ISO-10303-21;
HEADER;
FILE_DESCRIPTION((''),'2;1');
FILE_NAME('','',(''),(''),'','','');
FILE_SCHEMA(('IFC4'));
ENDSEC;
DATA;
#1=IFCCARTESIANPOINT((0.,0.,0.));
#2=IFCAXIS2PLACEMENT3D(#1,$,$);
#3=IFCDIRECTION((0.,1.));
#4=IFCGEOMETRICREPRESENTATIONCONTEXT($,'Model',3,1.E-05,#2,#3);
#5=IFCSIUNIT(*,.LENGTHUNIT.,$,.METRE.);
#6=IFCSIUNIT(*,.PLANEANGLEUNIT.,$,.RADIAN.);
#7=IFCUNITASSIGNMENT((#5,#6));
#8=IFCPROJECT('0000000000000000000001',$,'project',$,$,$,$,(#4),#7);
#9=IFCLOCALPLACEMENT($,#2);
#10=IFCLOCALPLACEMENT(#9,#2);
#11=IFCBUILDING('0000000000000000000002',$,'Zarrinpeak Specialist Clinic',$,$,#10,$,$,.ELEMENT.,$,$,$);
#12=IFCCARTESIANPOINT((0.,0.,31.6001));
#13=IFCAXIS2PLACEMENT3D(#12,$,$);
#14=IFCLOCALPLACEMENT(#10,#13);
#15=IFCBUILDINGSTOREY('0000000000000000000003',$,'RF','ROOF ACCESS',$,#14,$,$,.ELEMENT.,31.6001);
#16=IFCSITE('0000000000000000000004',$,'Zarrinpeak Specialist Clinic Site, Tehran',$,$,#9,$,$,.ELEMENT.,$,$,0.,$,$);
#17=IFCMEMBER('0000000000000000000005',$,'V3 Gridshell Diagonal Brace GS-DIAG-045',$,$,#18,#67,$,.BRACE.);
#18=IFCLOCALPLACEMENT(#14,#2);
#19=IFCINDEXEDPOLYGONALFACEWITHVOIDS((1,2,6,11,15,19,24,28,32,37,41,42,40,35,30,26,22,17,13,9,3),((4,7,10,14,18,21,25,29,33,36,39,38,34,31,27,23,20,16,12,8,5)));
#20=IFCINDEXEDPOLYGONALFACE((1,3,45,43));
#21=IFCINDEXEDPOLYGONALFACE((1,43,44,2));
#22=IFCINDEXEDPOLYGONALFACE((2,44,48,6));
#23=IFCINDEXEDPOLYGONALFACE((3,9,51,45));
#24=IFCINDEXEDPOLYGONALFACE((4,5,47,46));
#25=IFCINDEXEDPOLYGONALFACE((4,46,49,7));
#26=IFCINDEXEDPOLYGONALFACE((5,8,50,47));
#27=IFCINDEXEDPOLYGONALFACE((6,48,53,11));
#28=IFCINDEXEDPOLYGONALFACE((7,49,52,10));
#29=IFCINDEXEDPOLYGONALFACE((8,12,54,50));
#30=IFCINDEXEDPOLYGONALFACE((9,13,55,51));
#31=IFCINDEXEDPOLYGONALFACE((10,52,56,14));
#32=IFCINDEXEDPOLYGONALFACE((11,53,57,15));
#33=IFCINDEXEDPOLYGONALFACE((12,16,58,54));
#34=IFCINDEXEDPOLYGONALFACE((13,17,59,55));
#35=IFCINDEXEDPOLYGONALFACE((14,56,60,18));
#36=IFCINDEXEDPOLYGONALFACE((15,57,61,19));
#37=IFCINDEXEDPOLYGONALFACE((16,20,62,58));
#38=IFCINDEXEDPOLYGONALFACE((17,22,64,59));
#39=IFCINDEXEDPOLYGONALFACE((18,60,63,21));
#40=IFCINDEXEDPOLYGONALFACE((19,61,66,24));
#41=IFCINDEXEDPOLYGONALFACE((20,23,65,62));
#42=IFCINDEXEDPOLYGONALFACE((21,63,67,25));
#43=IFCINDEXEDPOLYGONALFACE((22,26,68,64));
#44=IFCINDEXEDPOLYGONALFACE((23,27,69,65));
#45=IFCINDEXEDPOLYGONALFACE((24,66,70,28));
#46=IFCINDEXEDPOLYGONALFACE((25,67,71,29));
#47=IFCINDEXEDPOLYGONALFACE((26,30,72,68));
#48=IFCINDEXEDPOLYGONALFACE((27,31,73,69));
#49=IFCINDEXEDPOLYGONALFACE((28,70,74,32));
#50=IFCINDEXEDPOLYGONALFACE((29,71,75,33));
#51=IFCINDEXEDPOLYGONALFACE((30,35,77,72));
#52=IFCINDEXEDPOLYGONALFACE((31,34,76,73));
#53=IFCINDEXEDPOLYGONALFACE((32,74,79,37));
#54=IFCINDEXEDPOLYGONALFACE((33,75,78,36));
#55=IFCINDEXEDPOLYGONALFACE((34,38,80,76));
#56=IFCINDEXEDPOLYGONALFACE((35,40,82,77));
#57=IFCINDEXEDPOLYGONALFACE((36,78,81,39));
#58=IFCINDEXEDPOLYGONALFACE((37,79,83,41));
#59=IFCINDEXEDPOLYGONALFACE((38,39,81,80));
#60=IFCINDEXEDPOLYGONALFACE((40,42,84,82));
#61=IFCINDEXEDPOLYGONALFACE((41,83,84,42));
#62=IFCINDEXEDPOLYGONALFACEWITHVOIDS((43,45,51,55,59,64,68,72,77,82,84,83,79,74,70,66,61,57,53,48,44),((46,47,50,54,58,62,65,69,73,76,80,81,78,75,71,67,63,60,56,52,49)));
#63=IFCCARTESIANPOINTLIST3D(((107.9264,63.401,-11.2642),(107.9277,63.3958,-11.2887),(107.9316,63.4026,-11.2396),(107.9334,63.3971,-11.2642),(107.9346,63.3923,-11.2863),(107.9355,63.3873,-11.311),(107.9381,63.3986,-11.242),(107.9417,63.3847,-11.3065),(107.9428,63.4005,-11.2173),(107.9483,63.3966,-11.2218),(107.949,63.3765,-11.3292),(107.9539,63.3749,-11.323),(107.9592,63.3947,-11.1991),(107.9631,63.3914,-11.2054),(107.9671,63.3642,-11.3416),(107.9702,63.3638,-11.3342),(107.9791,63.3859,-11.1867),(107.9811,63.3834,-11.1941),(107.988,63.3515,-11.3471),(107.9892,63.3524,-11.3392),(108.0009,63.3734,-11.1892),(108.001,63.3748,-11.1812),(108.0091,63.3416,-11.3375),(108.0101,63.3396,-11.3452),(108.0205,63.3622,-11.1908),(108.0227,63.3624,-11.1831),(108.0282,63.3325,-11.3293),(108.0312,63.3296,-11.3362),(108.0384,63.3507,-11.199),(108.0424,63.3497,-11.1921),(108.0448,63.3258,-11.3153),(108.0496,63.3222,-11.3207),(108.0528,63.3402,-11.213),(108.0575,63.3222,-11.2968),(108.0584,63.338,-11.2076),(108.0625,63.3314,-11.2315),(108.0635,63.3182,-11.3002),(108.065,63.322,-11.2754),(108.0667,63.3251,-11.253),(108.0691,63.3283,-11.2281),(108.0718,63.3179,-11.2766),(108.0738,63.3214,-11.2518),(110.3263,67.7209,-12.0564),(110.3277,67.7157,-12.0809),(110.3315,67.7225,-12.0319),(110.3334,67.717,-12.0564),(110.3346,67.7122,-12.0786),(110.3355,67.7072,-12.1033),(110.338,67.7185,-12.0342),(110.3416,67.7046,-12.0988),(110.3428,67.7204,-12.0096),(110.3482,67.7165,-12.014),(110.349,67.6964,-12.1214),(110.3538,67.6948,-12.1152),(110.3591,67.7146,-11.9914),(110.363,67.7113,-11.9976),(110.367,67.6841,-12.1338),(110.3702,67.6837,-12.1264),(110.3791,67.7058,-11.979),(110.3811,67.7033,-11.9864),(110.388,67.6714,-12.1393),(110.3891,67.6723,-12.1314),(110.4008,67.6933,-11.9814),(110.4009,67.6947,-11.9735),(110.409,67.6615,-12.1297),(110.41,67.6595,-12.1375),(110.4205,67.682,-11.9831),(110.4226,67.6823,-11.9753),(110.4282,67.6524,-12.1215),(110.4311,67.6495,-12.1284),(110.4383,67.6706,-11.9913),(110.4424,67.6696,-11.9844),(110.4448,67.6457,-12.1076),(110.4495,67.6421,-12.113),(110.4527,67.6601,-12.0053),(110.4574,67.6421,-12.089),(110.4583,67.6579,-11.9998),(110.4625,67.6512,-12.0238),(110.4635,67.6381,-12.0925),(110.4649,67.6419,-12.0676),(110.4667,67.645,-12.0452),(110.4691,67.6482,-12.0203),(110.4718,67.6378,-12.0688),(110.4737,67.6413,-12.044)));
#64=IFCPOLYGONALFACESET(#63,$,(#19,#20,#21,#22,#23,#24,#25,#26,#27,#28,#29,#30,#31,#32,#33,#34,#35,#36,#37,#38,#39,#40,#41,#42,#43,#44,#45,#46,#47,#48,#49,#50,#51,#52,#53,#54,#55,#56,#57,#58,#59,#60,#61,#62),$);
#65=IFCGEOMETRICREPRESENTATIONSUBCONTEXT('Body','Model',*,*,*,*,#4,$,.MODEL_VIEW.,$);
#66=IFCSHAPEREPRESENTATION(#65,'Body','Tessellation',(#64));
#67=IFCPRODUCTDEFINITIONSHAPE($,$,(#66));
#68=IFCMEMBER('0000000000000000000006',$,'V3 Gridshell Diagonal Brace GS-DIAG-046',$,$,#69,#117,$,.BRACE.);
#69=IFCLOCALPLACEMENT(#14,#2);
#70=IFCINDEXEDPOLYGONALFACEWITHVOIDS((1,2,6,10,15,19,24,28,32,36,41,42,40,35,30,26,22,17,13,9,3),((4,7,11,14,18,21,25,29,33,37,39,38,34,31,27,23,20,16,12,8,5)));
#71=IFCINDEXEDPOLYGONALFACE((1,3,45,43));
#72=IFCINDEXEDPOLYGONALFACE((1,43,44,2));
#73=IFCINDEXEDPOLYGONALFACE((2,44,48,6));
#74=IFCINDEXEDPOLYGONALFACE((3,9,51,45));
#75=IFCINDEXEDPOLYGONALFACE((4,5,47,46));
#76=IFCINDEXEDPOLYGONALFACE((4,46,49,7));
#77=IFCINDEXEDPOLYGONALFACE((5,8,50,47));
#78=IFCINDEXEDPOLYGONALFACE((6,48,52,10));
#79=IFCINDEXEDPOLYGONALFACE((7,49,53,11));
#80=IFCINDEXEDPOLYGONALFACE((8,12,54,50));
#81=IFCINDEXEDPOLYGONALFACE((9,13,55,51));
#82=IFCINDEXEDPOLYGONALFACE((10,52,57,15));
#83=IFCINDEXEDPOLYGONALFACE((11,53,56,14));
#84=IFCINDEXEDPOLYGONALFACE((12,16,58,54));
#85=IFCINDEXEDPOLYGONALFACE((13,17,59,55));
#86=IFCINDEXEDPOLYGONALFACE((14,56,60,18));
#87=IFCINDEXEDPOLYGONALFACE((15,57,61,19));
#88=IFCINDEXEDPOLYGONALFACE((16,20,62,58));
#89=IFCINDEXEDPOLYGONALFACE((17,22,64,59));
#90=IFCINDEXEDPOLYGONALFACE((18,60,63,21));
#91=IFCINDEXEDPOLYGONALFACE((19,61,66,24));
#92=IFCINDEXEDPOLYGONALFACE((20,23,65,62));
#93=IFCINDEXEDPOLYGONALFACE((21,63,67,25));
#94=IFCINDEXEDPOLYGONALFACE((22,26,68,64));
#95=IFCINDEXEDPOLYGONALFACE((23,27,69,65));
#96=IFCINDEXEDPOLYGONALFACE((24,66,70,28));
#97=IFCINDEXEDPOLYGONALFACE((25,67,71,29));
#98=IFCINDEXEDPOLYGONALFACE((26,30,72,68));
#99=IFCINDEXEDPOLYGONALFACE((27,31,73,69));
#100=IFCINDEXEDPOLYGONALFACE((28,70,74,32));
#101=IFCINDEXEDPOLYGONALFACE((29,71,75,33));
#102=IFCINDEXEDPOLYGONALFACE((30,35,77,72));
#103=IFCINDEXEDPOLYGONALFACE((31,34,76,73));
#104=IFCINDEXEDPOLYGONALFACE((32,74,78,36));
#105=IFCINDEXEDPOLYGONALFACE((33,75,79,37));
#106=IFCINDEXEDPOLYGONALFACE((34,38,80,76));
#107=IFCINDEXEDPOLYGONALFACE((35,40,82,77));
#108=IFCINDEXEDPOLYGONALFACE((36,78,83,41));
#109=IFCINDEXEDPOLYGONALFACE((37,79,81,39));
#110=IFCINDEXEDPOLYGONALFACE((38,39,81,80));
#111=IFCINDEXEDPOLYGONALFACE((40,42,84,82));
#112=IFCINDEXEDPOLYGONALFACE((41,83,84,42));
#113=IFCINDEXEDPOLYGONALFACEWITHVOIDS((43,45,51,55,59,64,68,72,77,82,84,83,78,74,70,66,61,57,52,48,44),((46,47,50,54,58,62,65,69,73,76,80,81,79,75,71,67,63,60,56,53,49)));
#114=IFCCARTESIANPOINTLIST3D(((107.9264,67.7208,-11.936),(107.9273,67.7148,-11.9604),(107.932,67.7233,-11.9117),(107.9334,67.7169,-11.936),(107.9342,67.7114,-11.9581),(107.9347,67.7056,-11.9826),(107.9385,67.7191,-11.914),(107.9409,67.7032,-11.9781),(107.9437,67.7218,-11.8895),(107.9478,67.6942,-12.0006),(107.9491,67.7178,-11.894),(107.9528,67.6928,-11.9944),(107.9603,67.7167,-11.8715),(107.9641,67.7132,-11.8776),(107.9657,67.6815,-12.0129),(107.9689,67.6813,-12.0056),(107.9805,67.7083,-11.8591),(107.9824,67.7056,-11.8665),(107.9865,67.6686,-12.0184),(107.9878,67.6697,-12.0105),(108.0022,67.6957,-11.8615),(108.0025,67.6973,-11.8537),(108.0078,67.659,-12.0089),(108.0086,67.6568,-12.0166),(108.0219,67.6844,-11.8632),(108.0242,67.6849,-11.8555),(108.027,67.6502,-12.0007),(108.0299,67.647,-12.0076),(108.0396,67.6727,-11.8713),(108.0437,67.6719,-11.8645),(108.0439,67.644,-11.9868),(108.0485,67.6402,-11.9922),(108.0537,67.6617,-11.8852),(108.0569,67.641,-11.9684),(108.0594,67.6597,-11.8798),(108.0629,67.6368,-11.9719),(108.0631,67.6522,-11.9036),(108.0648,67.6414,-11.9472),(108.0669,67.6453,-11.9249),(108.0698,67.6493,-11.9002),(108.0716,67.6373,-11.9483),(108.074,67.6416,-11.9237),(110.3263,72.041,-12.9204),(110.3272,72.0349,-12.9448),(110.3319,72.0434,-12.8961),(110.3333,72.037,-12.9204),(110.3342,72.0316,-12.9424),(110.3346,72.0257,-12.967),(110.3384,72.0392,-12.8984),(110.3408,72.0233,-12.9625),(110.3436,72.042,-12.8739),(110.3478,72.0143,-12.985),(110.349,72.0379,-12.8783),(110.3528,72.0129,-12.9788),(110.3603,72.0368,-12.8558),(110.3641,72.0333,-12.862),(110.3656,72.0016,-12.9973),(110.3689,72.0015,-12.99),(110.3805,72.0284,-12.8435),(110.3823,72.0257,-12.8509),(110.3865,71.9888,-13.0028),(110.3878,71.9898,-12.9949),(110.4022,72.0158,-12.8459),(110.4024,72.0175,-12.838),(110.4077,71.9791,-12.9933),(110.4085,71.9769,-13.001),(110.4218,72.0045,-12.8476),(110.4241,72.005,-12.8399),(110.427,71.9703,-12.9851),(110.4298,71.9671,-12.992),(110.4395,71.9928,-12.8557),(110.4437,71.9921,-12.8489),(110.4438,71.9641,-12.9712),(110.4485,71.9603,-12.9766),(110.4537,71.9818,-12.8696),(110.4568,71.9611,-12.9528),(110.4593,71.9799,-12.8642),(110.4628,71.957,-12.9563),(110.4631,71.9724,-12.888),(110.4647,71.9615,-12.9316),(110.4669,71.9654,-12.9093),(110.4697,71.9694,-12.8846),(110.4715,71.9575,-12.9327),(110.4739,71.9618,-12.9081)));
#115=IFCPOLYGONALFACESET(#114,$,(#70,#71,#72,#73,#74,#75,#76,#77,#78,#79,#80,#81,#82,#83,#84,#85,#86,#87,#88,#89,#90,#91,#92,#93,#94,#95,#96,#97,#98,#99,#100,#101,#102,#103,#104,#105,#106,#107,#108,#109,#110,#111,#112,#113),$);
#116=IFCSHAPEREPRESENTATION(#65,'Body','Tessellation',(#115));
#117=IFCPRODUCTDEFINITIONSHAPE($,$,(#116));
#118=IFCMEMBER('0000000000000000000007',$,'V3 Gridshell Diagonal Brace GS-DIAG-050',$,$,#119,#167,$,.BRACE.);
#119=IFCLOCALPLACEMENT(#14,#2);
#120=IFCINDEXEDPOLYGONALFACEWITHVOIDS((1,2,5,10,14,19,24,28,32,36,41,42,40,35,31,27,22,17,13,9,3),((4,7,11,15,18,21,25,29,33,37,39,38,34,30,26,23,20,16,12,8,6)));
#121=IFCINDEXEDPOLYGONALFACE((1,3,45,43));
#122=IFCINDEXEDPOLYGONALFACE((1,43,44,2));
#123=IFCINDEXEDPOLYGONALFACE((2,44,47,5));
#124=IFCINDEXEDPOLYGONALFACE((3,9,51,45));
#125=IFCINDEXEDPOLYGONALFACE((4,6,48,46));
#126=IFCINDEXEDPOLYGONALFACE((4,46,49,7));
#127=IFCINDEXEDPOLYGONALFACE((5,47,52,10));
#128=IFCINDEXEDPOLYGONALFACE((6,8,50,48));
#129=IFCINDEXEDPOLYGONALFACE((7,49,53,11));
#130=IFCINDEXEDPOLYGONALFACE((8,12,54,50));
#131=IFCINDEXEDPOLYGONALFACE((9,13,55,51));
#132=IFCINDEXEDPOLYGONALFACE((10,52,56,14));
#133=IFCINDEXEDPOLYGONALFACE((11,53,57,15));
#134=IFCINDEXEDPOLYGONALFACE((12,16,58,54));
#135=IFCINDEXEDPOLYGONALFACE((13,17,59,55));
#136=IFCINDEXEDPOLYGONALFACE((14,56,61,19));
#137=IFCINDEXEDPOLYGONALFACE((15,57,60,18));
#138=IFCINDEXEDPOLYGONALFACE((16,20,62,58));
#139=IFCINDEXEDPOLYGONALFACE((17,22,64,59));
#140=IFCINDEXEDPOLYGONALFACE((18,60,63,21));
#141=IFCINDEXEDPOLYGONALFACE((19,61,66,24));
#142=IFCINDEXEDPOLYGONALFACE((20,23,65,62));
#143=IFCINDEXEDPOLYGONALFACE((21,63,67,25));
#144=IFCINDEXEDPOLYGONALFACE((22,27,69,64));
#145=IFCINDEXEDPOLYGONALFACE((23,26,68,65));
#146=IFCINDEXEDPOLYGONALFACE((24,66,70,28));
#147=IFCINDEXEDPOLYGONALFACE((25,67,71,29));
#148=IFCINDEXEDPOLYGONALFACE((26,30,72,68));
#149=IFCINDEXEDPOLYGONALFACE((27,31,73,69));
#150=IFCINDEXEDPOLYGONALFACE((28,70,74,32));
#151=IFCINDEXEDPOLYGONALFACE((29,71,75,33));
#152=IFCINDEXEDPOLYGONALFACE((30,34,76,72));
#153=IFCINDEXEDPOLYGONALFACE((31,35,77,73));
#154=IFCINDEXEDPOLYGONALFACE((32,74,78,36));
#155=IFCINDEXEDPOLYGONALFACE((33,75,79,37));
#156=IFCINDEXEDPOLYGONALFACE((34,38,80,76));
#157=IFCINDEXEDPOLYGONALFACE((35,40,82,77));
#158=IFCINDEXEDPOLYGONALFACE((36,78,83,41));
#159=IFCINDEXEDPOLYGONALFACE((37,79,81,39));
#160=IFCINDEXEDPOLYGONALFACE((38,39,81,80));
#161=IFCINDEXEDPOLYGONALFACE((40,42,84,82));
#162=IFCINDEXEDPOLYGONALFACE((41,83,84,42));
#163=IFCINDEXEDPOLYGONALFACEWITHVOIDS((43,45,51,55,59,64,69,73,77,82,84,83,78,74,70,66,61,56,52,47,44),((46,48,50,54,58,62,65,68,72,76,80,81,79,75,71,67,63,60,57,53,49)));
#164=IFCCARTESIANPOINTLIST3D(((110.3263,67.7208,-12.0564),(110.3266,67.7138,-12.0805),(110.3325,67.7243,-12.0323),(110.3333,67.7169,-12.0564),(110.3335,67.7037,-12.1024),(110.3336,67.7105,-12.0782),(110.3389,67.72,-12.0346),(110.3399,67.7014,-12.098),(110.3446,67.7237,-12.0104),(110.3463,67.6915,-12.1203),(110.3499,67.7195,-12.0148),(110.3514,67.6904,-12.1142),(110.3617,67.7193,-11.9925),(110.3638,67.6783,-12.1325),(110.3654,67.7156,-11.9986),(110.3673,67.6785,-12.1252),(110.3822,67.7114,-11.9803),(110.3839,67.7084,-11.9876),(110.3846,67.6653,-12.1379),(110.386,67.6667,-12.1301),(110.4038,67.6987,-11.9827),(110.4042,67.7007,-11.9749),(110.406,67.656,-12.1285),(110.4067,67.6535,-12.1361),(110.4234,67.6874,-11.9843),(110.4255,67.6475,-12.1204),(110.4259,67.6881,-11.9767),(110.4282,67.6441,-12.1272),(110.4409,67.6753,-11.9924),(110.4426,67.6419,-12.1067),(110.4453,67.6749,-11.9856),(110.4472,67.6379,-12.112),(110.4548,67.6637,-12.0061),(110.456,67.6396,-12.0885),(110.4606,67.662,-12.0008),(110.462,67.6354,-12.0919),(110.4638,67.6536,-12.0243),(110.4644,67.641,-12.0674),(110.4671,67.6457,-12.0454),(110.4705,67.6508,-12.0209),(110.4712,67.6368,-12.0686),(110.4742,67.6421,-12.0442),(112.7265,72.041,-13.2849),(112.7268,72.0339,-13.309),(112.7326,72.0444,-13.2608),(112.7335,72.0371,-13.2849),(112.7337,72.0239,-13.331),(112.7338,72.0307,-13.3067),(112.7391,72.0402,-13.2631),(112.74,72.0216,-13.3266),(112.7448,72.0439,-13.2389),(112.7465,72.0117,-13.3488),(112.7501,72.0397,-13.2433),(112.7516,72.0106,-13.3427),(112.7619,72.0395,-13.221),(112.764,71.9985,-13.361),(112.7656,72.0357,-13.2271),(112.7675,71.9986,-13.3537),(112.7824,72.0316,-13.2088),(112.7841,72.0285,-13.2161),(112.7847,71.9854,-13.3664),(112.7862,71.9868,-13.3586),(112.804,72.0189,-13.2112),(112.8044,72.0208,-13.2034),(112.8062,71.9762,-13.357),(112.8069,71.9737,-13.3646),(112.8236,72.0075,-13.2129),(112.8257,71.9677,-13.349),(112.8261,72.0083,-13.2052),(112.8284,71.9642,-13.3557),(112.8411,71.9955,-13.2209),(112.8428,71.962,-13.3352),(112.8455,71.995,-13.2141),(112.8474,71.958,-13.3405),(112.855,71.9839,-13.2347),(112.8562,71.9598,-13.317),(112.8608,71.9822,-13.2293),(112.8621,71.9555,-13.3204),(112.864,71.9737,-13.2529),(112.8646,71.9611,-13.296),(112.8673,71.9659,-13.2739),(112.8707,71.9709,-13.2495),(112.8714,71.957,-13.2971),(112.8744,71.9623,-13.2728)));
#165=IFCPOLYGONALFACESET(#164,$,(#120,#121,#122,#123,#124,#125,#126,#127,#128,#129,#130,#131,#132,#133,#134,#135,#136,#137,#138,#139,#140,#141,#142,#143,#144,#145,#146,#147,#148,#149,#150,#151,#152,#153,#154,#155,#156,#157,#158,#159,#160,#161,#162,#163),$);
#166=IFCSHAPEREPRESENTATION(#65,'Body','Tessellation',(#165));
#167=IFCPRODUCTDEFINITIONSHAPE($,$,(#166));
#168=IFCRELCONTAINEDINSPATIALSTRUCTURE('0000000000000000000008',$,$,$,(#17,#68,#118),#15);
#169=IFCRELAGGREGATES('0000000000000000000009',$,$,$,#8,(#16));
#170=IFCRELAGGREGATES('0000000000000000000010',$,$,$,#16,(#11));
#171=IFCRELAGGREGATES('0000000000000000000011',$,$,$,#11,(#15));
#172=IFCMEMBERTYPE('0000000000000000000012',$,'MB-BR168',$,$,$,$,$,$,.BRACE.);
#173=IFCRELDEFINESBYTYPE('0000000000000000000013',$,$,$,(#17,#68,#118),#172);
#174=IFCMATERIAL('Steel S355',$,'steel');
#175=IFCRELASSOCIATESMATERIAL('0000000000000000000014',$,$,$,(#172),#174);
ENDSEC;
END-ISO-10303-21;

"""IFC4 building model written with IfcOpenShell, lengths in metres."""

from ifc_helpers import new_model, si_unit, direction, frame, origin, origin_2d, place, context, subcontext, project, spatial, hollow_circle, extrude, material, material_profile, profile_set, type_object, element, save


model = new_model("IFC4")

# Units and contexts
model_context = context("Model", 3, precision=1e-05, world=origin(), true_north=direction((0.0, 1.0)))
body_context = subcontext(model_context, "Body", "Model", "MODEL_VIEW")
ifc_project = project(units=[si_unit("LENGTHUNIT", "METRE"), si_unit("PLANEANGLEUNIT", "RADIAN")], contexts=[model_context])

# Site, building, storey
site_placement = place(None, origin())
site = spatial("IfcSite", under=ifc_project, at=site_placement, Name="Zarrinpeak Specialist Clinic Site, Tehran", CompositionType="ELEMENT", RefElevation=0.0)
building_placement = place(site_placement, origin())
building = spatial("IfcBuilding", under=site, at=building_placement, Name="Zarrinpeak Specialist Clinic", CompositionType="ELEMENT")
storey_placement = place(building_placement, frame((0.0, 0.0, 31.6001)))
storey = spatial("IfcBuildingStorey", under=building, at=storey_placement, Name="RF", Description="ROOF ACCESS", CompositionType="ELEMENT", Elevation=31.6001)

# Members
ifc_material_1 = material(Name="Steel S355", Category="steel")
ifc_material_profile_1 = material_profile(ifc_material_1, hollow_circle(Radius=0.0842, WallThickness=0.0081, at=origin_2d()), Name="CHS 168.3x8.0")
ifc_profile_set_1 = profile_set([ifc_material_profile_1], Name="Steel S355")
member_type_1 = type_object("IfcMemberType", Name="MB-BR168", PredefinedType="BRACE", material=ifc_profile_set_1)
member_1_placement = place(storey_placement, frame((108.0, 63.3601, -11.2642), z_axis=(0.47952, 0.863136, -0.158295), x_axis=(-0.874157, 0.485643, 0.0)))
element("IfcMember", 1, at=member_1_placement, inside=storey, type_object=member_type_1, Name="V3 Gridshell Diagonal Brace GS-DIAG-045", PredefinedType="BRACE", context=body_context, shape_type="SweptSolid", body=[
    extrude(hollow_circle(Radius=0.0842, WallThickness=0.0081, at=origin_2d()), origin(), (0.0, 0.0, 1.0), 5.0049),
])
member_2_placement = place(storey_placement, frame((108.0, 67.6799, -11.936), z_axis=(0.476266, 0.857327, -0.195351), x_axis=(-0.874169, 0.485622, 0.0)))
element("IfcMember", 2, at=member_2_placement, inside=storey, type_object=member_type_1, Name="V3 Gridshell Diagonal Brace GS-DIAG-046", PredefinedType="BRACE", context=body_context, shape_type="SweptSolid", body=[
    extrude(hollow_circle(Radius=0.0842, WallThickness=0.0081, at=origin_2d()), origin(), (0.0, 0.0, 1.0), 5.0391),
])
member_3_placement = place(storey_placement, frame((110.3999, 67.6799, -12.0564), z_axis=(0.471316, 0.84833, -0.241243), x_axis=(-0.874148, 0.48566, 0.0)))
element("IfcMember", 3, at=member_3_placement, inside=storey, type_object=member_type_1, Name="V3 Gridshell Diagonal Brace GS-DIAG-050", PredefinedType="BRACE", context=body_context, shape_type="SweptSolid", body=[
    extrude(hollow_circle(Radius=0.0842, WallThickness=0.0081, at=origin_2d()), origin(), (0.0, 0.0, 1.0), 5.0925),
])

save(model, "model.ifc")
